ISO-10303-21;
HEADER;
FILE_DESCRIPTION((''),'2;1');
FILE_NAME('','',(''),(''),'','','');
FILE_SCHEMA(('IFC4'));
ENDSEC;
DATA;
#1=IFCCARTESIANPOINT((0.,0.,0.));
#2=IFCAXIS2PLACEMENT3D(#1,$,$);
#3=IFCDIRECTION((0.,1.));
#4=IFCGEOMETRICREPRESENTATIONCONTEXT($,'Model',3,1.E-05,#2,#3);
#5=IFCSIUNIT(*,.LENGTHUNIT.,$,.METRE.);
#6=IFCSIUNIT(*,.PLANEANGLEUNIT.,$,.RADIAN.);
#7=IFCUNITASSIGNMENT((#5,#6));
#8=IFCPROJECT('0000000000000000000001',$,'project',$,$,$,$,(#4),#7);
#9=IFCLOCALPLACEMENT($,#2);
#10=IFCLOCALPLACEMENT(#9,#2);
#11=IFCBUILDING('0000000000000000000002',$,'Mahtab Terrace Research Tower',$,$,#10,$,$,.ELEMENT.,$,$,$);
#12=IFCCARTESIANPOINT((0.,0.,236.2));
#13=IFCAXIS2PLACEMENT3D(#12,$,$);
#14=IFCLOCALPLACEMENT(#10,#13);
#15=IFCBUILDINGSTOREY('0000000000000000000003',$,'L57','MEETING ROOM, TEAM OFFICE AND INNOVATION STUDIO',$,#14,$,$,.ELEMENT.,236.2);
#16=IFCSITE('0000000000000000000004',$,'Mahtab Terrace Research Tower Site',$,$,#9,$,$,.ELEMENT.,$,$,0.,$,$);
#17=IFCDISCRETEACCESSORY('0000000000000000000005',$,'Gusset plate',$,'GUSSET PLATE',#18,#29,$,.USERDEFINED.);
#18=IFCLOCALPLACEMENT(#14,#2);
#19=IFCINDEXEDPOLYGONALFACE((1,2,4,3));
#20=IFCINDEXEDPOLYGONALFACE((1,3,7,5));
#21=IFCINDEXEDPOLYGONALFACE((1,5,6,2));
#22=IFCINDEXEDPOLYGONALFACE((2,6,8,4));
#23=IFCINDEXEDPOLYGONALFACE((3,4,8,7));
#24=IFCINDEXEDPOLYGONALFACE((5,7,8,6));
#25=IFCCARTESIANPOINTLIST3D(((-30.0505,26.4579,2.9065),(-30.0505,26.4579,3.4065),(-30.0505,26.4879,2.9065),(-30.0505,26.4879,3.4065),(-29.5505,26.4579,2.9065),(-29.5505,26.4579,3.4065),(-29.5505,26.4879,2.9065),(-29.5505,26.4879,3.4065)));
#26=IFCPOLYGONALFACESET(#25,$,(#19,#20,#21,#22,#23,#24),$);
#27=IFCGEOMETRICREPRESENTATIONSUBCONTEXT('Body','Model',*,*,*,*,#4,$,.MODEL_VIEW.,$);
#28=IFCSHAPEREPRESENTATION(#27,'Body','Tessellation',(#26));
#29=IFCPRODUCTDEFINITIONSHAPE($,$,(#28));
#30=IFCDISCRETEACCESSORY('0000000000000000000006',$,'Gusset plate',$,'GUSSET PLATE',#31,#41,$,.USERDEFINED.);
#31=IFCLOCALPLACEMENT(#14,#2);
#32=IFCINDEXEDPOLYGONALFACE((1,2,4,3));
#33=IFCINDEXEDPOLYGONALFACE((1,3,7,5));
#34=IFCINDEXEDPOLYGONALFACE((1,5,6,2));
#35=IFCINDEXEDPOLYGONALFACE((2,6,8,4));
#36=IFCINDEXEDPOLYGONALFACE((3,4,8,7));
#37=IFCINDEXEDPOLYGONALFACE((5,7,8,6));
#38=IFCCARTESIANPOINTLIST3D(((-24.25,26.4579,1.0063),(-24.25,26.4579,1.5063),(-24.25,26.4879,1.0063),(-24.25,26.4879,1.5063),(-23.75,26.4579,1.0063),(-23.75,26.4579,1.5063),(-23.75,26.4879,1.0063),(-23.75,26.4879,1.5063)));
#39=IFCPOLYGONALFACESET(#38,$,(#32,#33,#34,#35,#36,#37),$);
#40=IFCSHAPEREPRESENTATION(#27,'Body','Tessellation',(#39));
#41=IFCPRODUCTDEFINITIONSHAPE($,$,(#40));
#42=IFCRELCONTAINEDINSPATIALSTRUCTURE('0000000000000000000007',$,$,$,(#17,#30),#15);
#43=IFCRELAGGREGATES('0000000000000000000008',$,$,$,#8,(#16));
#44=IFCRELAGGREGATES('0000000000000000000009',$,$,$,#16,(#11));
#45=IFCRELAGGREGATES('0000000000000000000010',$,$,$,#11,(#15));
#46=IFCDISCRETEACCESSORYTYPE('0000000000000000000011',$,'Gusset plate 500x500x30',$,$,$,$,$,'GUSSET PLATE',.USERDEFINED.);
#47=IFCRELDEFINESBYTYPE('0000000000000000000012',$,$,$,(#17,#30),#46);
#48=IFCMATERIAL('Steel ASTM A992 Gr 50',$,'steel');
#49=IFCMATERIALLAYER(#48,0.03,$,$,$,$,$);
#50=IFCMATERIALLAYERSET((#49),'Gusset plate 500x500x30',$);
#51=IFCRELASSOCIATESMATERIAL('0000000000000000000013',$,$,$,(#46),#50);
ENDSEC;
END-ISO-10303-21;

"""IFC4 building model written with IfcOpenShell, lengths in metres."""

from ifc_helpers import new_model, si_unit, direction, frame, origin, origin_2d, place, context, subcontext, project, spatial, rectangle, extrude, material, layer, layer_set, type_object, element, save


model = new_model("IFC4")

# Units and contexts
model_context = context("Model", 3, precision=1e-05, world=origin(), true_north=direction((0.0, 1.0)))
body_context = subcontext(model_context, "Body", "Model", "MODEL_VIEW")
ifc_project = project(units=[si_unit("LENGTHUNIT", "METRE"), si_unit("PLANEANGLEUNIT", "RADIAN")], contexts=[model_context])

# Site, building, storey
site_placement = place(None, origin())
site = spatial("IfcSite", under=ifc_project, at=site_placement, Name="Mahtab Terrace Research Tower Site", CompositionType="ELEMENT", RefElevation=0.0)
building_placement = place(site_placement, origin())
building = spatial("IfcBuilding", under=site, at=building_placement, Name="Mahtab Terrace Research Tower", CompositionType="ELEMENT")
storey_placement = place(building_placement, frame((0.0, 0.0, 236.2)))
storey = spatial("IfcBuildingStorey", under=building, at=storey_placement, Name="L57", Description="MEETING ROOM, TEAM OFFICE AND INNOVATION STUDIO", CompositionType="ELEMENT", Elevation=236.2)

# Shared definitions
ifc_material_1 = material(Name="Steel ASTM A992 Gr 50", Category="steel")

# Discrete accessories
ifc_layer_1 = layer(ifc_material_1, 0.03)
ifc_layer_set_1 = layer_set([ifc_layer_1], Name="Gusset plate 500x500x30")
discrete_accessory_type = type_object("IfcDiscreteAccessoryType", Name="Gusset plate 500x500x30", ElementType="GUSSET PLATE", PredefinedType="USERDEFINED", material=ifc_layer_set_1)
for number, where, z_axis, x_axis, name in (
    (1, (-29.8005, 26.4729, 2.9065), (0.0, 0.0, 1.0), (1.0, 0.0, 0.0), "Gusset plate"),
    (2, (-24.0, 26.4729, 1.0063), (0.0, 0.0, 1.0), (1.0, 0.0, 0.0), "Gusset plate"),
):
    element("IfcDiscreteAccessory", number, at=place(storey_placement, frame(where, z_axis=z_axis, x_axis=x_axis)), inside=storey, type_object=discrete_accessory_type, Name=name, ObjectType="GUSSET PLATE", PredefinedType="USERDEFINED", context=body_context, shape_type="SweptSolid", body=[
        extrude(rectangle(XDim=0.5, YDim=0.03, at=origin_2d()), origin(), (0.0, 0.0, 1.0), 0.5),
    ])

save(model, "model.ifc")
